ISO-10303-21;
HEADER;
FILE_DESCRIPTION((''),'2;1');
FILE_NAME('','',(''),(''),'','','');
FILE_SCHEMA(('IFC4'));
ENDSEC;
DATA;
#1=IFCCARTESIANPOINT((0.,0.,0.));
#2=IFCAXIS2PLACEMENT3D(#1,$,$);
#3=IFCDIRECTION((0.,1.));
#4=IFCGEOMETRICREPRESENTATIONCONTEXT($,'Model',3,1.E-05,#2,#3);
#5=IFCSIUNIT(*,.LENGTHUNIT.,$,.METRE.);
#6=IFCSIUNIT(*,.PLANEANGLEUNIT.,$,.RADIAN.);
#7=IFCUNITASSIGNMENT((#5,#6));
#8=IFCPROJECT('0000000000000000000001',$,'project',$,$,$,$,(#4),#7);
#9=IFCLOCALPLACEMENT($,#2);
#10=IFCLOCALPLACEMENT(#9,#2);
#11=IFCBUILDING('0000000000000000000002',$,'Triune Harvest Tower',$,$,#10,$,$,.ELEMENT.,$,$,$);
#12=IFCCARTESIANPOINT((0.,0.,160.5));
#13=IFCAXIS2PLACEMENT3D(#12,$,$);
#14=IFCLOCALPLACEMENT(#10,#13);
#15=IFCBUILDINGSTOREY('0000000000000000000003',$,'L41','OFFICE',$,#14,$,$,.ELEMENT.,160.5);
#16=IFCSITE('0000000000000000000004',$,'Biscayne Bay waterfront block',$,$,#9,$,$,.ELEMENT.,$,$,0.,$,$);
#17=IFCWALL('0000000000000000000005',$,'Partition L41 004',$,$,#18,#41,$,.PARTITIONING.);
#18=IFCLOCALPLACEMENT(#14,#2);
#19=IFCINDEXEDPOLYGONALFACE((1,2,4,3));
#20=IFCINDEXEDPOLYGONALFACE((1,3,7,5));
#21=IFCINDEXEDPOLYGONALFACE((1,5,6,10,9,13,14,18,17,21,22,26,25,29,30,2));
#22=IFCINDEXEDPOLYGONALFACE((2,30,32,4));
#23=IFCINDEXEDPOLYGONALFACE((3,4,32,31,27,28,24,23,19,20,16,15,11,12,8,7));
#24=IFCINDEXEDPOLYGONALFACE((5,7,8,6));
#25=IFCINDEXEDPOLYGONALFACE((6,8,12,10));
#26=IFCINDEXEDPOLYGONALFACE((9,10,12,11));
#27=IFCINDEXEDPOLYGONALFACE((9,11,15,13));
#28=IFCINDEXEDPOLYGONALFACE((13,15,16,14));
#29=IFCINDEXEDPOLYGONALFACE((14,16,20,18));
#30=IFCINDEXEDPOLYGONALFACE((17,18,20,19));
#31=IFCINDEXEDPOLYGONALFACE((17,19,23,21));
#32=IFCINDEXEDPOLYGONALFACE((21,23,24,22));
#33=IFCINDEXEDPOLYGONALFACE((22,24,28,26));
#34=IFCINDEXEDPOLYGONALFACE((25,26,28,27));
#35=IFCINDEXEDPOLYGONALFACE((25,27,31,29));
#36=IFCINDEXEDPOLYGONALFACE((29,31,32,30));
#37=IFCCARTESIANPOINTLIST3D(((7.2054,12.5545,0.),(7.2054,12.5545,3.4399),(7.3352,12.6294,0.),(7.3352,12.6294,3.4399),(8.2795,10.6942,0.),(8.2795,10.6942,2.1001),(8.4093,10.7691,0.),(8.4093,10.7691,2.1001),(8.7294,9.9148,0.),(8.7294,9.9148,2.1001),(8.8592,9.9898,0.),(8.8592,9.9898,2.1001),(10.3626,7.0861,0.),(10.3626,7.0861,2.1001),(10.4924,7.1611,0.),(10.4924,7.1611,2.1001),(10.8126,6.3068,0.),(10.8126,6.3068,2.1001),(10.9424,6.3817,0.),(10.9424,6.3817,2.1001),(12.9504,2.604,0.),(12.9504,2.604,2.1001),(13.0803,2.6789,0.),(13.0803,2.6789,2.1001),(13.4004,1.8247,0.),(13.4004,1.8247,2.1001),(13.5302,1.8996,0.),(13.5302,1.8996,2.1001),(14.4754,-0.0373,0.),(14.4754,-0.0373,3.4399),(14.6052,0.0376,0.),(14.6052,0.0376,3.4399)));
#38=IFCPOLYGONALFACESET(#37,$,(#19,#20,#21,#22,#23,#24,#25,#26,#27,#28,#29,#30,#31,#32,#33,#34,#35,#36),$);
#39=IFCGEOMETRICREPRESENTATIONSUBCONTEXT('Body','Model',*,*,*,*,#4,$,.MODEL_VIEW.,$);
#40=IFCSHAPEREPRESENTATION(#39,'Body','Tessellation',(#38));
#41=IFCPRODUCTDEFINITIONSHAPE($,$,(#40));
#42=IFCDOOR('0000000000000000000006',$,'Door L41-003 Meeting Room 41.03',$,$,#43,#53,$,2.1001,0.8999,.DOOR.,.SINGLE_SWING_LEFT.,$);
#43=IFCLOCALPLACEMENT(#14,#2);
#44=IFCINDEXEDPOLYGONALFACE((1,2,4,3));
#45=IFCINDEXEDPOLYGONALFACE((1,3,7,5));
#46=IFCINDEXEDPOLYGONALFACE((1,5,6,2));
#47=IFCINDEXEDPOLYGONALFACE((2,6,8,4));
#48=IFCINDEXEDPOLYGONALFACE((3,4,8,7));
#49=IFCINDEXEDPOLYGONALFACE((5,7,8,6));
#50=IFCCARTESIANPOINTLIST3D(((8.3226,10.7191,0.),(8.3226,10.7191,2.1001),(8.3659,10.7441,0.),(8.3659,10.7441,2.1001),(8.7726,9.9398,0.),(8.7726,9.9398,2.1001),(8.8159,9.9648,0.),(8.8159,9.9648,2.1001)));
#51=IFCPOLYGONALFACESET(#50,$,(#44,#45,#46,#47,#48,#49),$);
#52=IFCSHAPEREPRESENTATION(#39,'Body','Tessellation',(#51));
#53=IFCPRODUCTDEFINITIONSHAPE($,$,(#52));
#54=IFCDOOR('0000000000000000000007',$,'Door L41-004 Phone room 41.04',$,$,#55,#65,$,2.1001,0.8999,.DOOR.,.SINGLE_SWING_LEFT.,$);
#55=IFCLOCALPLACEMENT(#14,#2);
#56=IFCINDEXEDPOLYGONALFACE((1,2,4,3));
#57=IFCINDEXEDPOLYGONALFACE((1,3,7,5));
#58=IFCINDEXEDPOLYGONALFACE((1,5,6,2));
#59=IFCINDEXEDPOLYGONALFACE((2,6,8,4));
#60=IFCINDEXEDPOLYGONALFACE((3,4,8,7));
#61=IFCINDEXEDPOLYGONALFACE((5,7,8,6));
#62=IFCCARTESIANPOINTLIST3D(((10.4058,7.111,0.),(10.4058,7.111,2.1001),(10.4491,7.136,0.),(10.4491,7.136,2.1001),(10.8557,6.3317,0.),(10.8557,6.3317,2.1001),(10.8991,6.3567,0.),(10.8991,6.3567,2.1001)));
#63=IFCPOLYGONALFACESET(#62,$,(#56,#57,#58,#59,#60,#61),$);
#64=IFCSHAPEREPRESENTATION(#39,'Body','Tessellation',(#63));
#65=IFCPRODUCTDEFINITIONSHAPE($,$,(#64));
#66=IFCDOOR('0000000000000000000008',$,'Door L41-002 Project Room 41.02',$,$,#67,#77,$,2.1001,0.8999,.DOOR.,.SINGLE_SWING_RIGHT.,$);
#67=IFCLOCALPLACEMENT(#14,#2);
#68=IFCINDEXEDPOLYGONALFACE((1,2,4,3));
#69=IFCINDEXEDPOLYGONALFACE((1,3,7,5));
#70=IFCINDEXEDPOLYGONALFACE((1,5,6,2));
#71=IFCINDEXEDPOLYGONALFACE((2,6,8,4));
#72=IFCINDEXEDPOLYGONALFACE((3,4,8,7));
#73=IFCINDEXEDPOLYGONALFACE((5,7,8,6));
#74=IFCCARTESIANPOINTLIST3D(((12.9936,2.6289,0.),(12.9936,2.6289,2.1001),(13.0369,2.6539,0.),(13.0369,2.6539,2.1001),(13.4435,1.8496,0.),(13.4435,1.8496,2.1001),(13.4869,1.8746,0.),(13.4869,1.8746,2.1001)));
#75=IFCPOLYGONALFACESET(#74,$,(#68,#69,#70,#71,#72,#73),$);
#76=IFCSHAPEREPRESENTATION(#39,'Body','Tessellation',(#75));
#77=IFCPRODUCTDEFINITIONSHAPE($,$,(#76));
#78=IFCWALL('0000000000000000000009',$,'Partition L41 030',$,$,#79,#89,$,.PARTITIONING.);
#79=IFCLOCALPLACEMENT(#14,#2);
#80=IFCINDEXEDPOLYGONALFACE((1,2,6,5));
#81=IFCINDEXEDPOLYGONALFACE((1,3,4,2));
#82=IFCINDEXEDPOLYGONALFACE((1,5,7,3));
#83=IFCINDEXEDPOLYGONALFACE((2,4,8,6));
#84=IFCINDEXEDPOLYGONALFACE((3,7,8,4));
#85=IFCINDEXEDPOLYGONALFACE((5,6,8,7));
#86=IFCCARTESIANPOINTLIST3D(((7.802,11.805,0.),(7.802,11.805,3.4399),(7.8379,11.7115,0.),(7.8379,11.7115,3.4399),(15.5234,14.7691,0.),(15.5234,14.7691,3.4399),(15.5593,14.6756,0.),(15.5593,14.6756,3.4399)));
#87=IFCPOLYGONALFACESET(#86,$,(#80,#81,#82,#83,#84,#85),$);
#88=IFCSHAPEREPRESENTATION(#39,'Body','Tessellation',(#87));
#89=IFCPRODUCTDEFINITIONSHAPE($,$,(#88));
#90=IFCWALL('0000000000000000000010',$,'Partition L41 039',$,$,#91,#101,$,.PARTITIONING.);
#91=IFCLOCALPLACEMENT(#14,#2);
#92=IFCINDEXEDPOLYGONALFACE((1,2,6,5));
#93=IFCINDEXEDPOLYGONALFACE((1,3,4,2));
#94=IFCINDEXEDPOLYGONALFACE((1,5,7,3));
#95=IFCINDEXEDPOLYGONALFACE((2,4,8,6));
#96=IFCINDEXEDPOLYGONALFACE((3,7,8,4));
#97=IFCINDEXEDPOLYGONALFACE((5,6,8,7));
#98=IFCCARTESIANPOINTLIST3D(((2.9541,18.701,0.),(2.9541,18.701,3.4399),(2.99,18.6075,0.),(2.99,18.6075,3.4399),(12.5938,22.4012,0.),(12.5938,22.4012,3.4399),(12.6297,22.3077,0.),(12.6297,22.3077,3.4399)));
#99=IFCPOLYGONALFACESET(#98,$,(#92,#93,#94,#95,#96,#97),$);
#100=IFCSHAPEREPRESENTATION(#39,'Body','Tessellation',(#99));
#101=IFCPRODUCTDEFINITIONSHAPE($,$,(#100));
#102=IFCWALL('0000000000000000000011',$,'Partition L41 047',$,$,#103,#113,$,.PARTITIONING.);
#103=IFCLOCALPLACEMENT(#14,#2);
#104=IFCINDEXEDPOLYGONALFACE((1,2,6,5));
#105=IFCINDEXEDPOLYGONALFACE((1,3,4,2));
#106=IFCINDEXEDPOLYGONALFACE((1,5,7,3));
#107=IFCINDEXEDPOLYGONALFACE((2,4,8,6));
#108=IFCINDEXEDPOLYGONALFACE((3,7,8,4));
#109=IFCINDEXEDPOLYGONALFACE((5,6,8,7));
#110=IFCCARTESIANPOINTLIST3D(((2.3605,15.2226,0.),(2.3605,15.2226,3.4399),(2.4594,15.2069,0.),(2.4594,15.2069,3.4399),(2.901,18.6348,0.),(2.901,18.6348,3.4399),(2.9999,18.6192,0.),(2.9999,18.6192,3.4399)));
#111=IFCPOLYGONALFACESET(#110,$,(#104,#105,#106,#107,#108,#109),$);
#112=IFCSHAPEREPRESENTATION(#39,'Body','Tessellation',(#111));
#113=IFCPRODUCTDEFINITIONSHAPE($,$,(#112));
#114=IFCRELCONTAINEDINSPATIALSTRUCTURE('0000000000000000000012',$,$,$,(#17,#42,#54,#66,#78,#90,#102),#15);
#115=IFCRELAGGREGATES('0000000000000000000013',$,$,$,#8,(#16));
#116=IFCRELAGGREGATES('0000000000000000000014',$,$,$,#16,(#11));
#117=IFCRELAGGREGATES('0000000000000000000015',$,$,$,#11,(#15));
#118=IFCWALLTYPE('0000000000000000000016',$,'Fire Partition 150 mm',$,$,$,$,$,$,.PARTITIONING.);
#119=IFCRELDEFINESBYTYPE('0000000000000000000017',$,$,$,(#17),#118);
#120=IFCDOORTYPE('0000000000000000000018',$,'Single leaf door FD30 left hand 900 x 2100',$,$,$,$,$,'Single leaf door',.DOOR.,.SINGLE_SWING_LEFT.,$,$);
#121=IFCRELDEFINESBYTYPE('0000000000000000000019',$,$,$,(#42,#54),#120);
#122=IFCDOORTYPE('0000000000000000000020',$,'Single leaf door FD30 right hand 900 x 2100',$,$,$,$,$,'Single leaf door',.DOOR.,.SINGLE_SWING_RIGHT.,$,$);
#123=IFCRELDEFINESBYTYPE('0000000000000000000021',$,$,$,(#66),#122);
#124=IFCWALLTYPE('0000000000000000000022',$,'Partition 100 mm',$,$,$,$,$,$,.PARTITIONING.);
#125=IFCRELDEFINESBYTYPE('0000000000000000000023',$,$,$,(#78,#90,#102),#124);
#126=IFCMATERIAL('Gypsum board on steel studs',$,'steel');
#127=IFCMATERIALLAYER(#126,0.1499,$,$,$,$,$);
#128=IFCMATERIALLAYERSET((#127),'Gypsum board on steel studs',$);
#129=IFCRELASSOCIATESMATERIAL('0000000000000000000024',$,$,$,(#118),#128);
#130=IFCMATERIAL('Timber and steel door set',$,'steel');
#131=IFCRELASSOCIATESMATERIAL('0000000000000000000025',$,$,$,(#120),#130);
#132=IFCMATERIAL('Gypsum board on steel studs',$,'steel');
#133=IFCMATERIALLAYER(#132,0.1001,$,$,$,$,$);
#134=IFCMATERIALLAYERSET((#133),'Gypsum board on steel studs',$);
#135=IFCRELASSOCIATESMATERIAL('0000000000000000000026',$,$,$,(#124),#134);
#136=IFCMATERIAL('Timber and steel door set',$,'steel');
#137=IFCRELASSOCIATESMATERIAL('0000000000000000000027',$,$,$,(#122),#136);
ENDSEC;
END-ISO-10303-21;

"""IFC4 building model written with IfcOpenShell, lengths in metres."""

from ifc_helpers import new_model, si_unit, direction, frame, frame_2d, origin, place, context, subcontext, project, spatial, rectangle, extrude, source, transform, mapped, material, layer, layer_set, type_object, element, fill, save


model = new_model("IFC4")

# Units and contexts
model_context = context("Model", 3, precision=1e-05, world=origin(), true_north=direction((0.0, 1.0)))
body_context = subcontext(model_context, "Body", "Model", "MODEL_VIEW")
ifc_project = project(units=[si_unit("LENGTHUNIT", "METRE"), si_unit("PLANEANGLEUNIT", "RADIAN")], contexts=[model_context])

# Site, building, storey
site_placement = place(None, origin())
site = spatial("IfcSite", under=ifc_project, at=site_placement, Name="Biscayne Bay waterfront block", CompositionType="ELEMENT", RefElevation=0.0)
building_placement = place(site_placement, origin())
building = spatial("IfcBuilding", under=site, at=building_placement, Name="Triune Harvest Tower", CompositionType="ELEMENT")
storey_placement = place(building_placement, frame((0.0, 0.0, 160.5)))
storey = spatial("IfcBuildingStorey", under=building, at=storey_placement, Name="L41", Description="OFFICE", CompositionType="ELEMENT", Elevation=160.5)

# Shared definitions
ifc_material_1 = material(Name="Gypsum board on steel studs", Category="steel")
ifc_layer_1 = layer(ifc_material_1, 0.1499)
ifc_layer_set_1 = layer_set([ifc_layer_1], Name="Gypsum board on steel studs")
wall_type_1 = type_object("IfcWallType", Name="Fire Partition 150 mm", PredefinedType="PARTITIONING", material=ifc_layer_set_1)

# Shared definitions
ifc_material_2 = material(Name="Timber and steel door set", Category="steel")
door_type_1 = type_object("IfcDoorType", Name="Single leaf door FD30 left hand 900 x 2100", ElementType="Single leaf door", OperationType="SINGLE_SWING_LEFT", PredefinedType="DOOR", material=ifc_material_2)

# Shared definitions
ifc_material_3 = material(Name="Gypsum board on steel studs", Category="steel")
ifc_layer_2 = layer(ifc_material_3, 0.1001)
ifc_layer_set_2 = layer_set([ifc_layer_2], Name="Gypsum board on steel studs")
wall_type_2 = type_object("IfcWallType", Name="Partition 100 mm", PredefinedType="PARTITIONING", material=ifc_layer_set_2)

# Wall, openings, doors
shared_shape_1 = source(origin(), body_context, "Body", "SweptSolid", [
    extrude(rectangle(XDim=14.5398, YDim=0.1499, at=frame_2d((7.27, 0.0))), origin(), (0.0, 0.0, 1.0), 3.4399),
])
wall_1_placement = place(storey_placement, frame((7.2703, 12.592, 0.0), z_axis=(0.0, 0.0, 1.0), x_axis=(0.500007, -0.866021, 0.0)))
wall_1 = element("IfcWall", 1, at=wall_1_placement, inside=storey, type_object=wall_type_1, Name="Partition L41 004", PredefinedType="PARTITIONING", context=body_context, shape_type="MappedRepresentation", body=[
    mapped(shared_shape_1, transform((0.0, 0.0, 0.0), scale=1.0)),
])
opening_1_placement = place(wall_1_placement, frame((11.49, 0.0, 0.0)))
opening_1 = element("IfcOpeningElement", 2, at=opening_1_placement, cuts=wall_1, PredefinedType="OPENING", context=body_context, shape_type="SweptSolid", body=[
    extrude(rectangle(XDim=0.8999, YDim=2.1001, at=frame_2d((0.45, 1.05))), frame((0.0, 0.085, 0.0), z_axis=(0.0, -1.0, 0.0), x_axis=(1.0, 0.0, 0.0)), (0.0, 0.0, 1.0), 0.1699),
])
opening_2_placement = place(wall_1_placement, frame((2.1482, 0.0, 0.0)))
opening_2 = element("IfcOpeningElement", 3, at=opening_2_placement, cuts=wall_1, PredefinedType="OPENING", context=body_context, shape_type="SweptSolid", body=[
    extrude(rectangle(XDim=0.8999, YDim=2.1001, at=frame_2d((0.45, 1.05))), frame((0.0, 0.085, 0.0), z_axis=(0.0, -1.0, 0.0), x_axis=(1.0, 0.0, 0.0)), (0.0, 0.0, 1.0), 0.1699),
])
opening_3_placement = place(wall_1_placement, frame((6.3145, 0.0, 0.0)))
opening_3 = element("IfcOpeningElement", 4, at=opening_3_placement, cuts=wall_1, PredefinedType="OPENING", context=body_context, shape_type="SweptSolid", body=[
    extrude(rectangle(XDim=0.8999, YDim=2.1001, at=frame_2d((0.45, 1.05))), frame((0.0, 0.085, 0.0), z_axis=(0.0, -1.0, 0.0), x_axis=(1.0, 0.0, 0.0)), (0.0, 0.0, 1.0), 0.1699),
])
door_1_placement = place(opening_2_placement, origin())
door_1 = element("IfcDoor", 5, at=door_1_placement, inside=storey, type_object=door_type_1, Name="Door L41-003 Meeting Room 41.03", OperationType="SINGLE_SWING_LEFT", OverallHeight=2.1001, OverallWidth=0.8999, PredefinedType="DOOR", context=body_context, shape_type="SweptSolid", body=[
    extrude(rectangle(XDim=0.8999, YDim=2.1001, at=frame_2d((0.45, 1.05))), frame((0.0, 0.0249, 0.0), z_axis=(0.0, -1.0, 0.0), x_axis=(1.0, 0.0, 0.0)), (0.0, 0.0, 1.0), 0.05),
])
fill(opening_2, door_1)
door_2_placement = place(opening_3_placement, origin())
door_2 = element("IfcDoor", 6, at=door_2_placement, inside=storey, type_object=door_type_1, Name="Door L41-004 Phone room 41.04", OperationType="SINGLE_SWING_LEFT", OverallHeight=2.1001, OverallWidth=0.8999, PredefinedType="DOOR", context=body_context, shape_type="SweptSolid", body=[
    extrude(rectangle(XDim=0.8999, YDim=2.1001, at=frame_2d((0.45, 1.05))), frame((0.0, 0.0249, 0.0), z_axis=(0.0, -1.0, 0.0), x_axis=(1.0, 0.0, 0.0)), (0.0, 0.0, 1.0), 0.05),
])
fill(opening_3, door_2)
ifc_material_4 = material(Name="Timber and steel door set", Category="steel")
door_type_2 = type_object("IfcDoorType", Name="Single leaf door FD30 right hand 900 x 2100", ElementType="Single leaf door", OperationType="SINGLE_SWING_RIGHT", PredefinedType="DOOR", material=ifc_material_4)
door_3_placement = place(opening_1_placement, origin())
door_3 = element("IfcDoor", 7, at=door_3_placement, inside=storey, type_object=door_type_2, Name="Door L41-002 Project Room 41.02", OperationType="SINGLE_SWING_RIGHT", OverallHeight=2.1001, OverallWidth=0.8999, PredefinedType="DOOR", context=body_context, shape_type="SweptSolid", body=[
    extrude(rectangle(XDim=0.8999, YDim=2.1001, at=frame_2d((0.45, 1.05))), frame((0.0, 0.0249, 0.0), z_axis=(0.0, -1.0, 0.0), x_axis=(1.0, 0.0, 0.0)), (0.0, 0.0, 1.0), 0.05),
])
fill(opening_1, door_3)

# Walls
shared_shape_2 = source(origin(), body_context, "Body", "SweptSolid", [
    extrude(rectangle(XDim=8.2708, YDim=0.1001, at=frame_2d((4.1353, 0.0))), origin(), (0.0, 0.0, 1.0), 3.4399),
])
wall_2_placement = place(storey_placement, frame((7.8201, 11.7583, 0.0), z_axis=(0.0, 0.0, 1.0), x_axis=(0.933575, 0.358382, 0.0)))
element("IfcWall", 8, at=wall_2_placement, inside=storey, type_object=wall_type_2, Name="Partition L41 030", PredefinedType="PARTITIONING", context=body_context, shape_type="MappedRepresentation", body=[
    mapped(shared_shape_2, transform((0.0, 0.0, 0.0), scale=1.0)),
])
shared_shape_3 = source(origin(), body_context, "Body", "SweptSolid", [
    extrude(rectangle(XDim=10.3254, YDim=0.1001, at=frame_2d((5.1626, 0.0))), origin(), (0.0, 0.0, 1.0), 3.4399),
])
wall_3_placement = place(storey_placement, frame((2.9722, 18.6543, 0.0), z_axis=(0.0, 0.0, 1.0), x_axis=(0.933584, 0.358358, 0.0)))
element("IfcWall", 9, at=wall_3_placement, inside=storey, type_object=wall_type_2, Name="Partition L41 039", PredefinedType="PARTITIONING", context=body_context, shape_type="MappedRepresentation", body=[
    mapped(shared_shape_3, transform((0.0, 0.0, 0.0), scale=1.0)),
])
shared_shape_4 = source(origin(), body_context, "Body", "SweptSolid", [
    extrude(rectangle(XDim=3.4548, YDim=0.1001, at=frame_2d((1.7275, 0.0))), origin(), (0.0, 0.0, 1.0), 3.4399),
])
wall_4_placement = place(storey_placement, frame((2.4099, 15.2146, 0.0), z_axis=(0.0, 0.0, 1.0), x_axis=(0.156452, 0.987685, 0.0)))
element("IfcWall", 10, at=wall_4_placement, inside=storey, type_object=wall_type_2, Name="Partition L41 047", PredefinedType="PARTITIONING", context=body_context, shape_type="MappedRepresentation", body=[
    mapped(shared_shape_4, transform((0.0, 0.0, 0.0), scale=1.0)),
])

save(model, "model.ifc")
